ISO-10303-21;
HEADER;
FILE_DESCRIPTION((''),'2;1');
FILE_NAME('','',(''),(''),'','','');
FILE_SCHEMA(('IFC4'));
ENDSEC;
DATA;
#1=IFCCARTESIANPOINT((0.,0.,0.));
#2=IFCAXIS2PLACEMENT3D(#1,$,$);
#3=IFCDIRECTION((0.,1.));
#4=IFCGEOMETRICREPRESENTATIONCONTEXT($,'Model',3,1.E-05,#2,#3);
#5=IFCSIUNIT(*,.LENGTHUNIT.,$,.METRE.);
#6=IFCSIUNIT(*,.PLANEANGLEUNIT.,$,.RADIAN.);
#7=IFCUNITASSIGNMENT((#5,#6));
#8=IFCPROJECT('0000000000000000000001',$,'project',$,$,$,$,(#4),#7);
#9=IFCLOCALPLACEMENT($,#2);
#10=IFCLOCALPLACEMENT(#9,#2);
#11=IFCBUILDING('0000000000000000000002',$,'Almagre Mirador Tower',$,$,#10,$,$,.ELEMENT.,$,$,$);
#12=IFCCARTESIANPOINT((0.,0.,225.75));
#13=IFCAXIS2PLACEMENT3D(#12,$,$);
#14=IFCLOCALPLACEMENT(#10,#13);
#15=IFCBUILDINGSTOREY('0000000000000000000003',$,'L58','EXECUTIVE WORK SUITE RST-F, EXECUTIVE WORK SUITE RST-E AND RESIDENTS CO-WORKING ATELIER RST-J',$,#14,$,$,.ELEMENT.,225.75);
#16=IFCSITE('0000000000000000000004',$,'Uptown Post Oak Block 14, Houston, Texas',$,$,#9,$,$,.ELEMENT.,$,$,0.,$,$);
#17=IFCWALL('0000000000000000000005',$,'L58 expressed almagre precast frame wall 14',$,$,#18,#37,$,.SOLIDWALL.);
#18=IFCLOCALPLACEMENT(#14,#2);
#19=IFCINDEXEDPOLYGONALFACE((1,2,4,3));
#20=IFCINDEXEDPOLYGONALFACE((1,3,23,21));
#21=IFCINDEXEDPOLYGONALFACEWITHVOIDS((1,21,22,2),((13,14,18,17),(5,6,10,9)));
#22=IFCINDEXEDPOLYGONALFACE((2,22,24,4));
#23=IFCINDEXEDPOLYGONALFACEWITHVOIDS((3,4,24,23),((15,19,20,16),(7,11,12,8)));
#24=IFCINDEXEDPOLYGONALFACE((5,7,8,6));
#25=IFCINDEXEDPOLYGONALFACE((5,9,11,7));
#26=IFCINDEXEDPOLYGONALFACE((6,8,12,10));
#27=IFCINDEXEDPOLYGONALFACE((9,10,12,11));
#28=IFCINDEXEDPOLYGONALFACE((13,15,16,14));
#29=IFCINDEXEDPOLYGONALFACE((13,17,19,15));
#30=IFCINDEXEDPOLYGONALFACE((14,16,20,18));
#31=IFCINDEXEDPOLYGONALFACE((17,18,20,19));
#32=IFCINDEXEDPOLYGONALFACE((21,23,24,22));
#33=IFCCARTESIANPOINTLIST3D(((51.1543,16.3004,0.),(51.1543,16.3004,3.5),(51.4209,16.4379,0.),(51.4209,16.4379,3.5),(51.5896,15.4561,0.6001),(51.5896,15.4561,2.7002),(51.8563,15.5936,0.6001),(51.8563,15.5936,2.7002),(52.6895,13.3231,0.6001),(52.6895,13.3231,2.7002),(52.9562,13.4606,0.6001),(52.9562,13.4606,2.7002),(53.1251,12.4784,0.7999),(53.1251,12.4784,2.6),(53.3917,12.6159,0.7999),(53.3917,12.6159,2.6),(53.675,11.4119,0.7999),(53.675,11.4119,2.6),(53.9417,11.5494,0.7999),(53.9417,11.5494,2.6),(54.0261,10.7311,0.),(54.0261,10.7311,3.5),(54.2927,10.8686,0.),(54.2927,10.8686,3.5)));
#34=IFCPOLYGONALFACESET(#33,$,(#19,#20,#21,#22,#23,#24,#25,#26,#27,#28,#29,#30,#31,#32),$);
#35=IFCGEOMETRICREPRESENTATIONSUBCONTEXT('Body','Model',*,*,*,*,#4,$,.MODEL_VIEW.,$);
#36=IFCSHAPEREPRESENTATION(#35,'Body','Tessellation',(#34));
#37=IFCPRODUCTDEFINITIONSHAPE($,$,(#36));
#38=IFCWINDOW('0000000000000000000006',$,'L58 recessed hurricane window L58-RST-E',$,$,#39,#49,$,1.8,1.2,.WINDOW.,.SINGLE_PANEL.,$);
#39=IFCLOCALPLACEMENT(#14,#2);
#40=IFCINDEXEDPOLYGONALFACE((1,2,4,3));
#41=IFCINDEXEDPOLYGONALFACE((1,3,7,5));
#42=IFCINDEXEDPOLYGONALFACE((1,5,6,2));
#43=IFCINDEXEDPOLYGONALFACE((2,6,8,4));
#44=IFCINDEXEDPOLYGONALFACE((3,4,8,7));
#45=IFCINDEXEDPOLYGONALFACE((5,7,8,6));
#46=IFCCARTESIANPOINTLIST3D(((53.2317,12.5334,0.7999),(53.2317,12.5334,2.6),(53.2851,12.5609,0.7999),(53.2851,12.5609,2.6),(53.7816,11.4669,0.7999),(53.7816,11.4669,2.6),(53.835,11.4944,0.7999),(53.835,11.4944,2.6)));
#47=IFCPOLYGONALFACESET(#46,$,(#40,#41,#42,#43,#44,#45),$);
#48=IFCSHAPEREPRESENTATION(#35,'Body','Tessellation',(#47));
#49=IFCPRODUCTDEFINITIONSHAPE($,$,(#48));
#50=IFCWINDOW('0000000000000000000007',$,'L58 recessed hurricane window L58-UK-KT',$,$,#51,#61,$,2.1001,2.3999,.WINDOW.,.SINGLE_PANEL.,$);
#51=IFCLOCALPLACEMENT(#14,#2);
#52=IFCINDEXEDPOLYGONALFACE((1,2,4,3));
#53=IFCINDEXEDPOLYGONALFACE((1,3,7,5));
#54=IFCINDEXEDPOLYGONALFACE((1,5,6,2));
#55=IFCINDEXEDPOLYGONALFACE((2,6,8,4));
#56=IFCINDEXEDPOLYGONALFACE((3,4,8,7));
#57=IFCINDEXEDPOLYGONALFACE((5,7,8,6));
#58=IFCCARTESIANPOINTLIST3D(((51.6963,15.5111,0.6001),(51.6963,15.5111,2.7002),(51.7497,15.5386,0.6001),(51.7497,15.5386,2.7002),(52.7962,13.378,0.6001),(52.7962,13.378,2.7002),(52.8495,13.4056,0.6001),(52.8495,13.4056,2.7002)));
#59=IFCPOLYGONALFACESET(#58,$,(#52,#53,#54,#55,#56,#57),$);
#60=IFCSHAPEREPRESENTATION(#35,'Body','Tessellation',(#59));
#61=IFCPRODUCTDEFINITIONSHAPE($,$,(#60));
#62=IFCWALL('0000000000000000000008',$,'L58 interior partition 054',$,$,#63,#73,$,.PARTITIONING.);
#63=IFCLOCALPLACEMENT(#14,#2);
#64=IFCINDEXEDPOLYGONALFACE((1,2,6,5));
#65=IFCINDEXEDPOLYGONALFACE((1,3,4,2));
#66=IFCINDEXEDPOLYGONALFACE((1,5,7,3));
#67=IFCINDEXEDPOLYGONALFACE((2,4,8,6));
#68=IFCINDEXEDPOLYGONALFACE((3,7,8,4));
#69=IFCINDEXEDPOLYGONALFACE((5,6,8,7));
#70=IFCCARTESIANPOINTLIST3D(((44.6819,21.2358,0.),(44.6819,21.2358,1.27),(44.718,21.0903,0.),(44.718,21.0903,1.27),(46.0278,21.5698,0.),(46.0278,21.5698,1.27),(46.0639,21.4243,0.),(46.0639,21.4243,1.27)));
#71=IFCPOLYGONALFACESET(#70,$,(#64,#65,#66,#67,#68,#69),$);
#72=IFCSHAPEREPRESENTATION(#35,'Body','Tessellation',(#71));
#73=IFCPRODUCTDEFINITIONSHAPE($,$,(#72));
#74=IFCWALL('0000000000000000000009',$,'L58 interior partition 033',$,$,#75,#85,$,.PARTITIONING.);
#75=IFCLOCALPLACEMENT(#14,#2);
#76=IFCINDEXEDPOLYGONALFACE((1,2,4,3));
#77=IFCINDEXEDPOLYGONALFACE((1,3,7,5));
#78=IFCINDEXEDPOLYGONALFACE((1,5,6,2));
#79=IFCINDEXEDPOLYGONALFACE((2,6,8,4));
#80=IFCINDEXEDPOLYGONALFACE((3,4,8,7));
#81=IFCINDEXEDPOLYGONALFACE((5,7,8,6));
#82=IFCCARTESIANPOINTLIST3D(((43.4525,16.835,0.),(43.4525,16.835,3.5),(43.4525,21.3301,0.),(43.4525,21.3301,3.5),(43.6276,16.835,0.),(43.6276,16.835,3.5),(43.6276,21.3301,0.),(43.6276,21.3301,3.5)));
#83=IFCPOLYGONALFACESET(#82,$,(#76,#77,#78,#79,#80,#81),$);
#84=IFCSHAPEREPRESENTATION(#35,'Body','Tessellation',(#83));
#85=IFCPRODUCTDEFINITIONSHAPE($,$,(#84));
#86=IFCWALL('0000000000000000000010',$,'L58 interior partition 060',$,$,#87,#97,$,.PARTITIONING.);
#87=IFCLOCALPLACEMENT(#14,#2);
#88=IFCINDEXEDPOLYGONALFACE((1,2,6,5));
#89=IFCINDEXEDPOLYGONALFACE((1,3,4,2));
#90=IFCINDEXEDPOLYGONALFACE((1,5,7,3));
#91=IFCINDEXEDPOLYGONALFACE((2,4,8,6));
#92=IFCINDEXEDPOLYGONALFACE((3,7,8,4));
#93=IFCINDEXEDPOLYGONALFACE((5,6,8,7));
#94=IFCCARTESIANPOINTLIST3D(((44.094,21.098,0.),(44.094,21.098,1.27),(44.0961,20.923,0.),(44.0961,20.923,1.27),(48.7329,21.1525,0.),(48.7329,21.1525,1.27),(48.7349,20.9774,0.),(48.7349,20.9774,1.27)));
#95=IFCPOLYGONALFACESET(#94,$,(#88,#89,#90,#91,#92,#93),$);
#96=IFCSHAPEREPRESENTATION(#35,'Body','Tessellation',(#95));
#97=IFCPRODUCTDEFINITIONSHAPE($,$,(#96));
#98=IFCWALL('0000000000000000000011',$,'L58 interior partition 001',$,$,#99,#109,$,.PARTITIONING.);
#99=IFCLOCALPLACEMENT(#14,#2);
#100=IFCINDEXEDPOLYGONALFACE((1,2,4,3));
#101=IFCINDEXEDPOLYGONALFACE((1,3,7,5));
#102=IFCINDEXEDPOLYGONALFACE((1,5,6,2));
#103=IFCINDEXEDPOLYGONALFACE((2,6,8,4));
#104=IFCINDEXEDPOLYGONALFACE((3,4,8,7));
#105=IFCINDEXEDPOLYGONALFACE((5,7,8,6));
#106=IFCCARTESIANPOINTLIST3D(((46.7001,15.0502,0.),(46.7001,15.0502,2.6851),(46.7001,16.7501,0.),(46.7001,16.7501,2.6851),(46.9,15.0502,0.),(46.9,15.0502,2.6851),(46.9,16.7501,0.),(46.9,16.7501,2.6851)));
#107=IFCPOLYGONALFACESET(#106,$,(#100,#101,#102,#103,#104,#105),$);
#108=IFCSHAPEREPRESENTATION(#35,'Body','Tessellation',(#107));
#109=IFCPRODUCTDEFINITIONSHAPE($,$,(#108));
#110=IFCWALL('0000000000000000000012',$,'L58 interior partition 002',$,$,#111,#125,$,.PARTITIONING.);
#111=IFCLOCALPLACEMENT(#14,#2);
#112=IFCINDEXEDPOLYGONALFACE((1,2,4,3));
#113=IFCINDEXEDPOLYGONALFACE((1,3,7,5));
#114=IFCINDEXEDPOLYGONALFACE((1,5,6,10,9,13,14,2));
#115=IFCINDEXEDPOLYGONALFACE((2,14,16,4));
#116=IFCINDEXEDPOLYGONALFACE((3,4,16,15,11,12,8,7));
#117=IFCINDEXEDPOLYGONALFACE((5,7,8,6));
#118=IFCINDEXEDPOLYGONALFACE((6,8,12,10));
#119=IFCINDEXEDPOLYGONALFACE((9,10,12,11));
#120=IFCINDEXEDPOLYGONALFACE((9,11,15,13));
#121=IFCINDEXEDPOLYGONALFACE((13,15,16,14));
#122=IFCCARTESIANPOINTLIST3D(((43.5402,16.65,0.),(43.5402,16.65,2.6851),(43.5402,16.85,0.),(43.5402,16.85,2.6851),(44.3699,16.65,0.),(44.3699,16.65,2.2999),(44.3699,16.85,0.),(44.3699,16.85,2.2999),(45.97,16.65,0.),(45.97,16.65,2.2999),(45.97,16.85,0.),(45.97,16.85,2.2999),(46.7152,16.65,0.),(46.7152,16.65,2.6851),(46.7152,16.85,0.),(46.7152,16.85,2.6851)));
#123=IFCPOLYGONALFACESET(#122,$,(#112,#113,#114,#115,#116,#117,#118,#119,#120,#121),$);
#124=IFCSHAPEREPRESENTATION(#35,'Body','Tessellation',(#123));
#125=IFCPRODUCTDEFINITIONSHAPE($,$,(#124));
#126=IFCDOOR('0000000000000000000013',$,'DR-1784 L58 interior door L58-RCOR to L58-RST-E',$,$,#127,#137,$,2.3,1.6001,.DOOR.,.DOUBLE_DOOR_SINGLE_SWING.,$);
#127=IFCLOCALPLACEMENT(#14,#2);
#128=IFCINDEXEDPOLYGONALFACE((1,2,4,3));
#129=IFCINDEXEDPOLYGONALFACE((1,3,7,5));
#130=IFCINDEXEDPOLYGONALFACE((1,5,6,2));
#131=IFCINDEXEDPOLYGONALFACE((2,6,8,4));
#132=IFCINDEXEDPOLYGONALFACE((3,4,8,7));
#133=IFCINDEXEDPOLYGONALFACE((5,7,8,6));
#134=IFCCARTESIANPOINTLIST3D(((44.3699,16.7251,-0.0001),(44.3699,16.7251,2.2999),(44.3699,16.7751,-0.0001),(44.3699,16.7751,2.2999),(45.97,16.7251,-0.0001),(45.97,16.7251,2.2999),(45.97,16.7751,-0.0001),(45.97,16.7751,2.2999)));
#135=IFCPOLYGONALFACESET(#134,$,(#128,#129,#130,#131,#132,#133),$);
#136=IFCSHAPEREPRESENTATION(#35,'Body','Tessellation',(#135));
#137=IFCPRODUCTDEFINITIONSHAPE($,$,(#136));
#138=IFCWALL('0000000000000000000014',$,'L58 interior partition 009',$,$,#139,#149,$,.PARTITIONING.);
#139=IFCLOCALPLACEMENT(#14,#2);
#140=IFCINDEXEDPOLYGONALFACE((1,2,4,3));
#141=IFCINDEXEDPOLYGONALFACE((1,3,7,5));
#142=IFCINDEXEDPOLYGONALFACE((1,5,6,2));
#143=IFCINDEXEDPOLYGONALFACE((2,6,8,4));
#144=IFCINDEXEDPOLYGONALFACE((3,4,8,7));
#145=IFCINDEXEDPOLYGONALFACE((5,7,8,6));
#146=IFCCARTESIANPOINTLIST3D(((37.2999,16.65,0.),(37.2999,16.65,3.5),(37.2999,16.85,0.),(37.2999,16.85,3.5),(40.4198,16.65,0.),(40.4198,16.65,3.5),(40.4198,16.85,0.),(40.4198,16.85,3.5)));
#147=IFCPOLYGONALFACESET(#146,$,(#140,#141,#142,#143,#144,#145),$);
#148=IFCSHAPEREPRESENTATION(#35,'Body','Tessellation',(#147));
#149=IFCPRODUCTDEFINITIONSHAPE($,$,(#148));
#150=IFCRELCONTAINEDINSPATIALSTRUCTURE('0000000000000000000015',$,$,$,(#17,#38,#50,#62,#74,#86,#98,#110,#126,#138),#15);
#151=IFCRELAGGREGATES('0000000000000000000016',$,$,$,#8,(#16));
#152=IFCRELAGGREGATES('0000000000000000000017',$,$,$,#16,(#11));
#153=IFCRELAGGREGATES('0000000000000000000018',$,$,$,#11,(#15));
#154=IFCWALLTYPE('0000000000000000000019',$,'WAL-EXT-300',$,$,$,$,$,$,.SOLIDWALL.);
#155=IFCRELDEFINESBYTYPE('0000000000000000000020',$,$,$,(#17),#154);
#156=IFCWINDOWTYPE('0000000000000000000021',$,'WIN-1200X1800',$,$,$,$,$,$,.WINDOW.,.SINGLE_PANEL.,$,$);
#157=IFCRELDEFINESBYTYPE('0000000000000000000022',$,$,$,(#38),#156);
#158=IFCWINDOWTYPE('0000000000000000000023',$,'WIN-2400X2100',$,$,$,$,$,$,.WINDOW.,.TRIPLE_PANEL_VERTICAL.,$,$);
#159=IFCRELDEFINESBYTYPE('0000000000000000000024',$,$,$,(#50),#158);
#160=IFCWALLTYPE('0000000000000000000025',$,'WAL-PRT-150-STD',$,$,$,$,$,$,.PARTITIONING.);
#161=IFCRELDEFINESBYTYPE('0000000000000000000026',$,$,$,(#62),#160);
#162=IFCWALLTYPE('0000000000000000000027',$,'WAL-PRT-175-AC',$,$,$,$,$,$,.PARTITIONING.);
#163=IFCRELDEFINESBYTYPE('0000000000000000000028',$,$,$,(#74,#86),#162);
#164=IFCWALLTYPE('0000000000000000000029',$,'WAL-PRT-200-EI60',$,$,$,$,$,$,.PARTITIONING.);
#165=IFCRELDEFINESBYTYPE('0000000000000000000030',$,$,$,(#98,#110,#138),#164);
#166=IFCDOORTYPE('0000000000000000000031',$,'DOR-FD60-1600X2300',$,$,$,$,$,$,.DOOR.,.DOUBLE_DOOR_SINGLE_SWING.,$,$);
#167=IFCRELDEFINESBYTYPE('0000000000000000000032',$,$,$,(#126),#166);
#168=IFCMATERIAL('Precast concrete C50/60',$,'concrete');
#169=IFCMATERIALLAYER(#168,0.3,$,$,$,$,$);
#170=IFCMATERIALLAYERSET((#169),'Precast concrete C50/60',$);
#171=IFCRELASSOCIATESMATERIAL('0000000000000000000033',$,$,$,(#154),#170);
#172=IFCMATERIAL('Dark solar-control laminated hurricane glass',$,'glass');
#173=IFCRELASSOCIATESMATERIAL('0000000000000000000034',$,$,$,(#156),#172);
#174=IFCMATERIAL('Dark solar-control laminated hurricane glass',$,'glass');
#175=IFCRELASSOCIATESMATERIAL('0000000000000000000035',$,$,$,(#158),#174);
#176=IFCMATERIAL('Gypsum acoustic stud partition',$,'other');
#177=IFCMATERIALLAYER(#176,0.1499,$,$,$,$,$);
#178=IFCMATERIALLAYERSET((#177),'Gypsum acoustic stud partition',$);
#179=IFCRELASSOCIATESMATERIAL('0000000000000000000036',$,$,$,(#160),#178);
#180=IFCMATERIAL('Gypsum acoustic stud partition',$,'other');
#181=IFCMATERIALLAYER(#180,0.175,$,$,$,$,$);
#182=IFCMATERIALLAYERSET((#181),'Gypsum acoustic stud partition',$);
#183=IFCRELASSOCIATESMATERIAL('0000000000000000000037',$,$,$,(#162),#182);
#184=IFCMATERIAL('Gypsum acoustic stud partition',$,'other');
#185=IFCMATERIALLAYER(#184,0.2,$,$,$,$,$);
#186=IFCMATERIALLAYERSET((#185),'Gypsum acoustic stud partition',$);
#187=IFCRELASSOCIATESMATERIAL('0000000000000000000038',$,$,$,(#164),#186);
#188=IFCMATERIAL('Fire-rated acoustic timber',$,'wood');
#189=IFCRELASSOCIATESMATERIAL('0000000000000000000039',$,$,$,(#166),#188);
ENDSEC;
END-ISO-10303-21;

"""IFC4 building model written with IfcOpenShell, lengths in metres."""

from ifc_helpers import new_model, si_unit, direction, frame, frame_2d, origin, place, context, subcontext, project, spatial, rectangle, extrude, material, layer, layer_set, type_object, element, fill, save


model = new_model("IFC4")

# Units and contexts
model_context = context("Model", 3, precision=1e-05, world=origin(), true_north=direction((0.0, 1.0)))
body_context = subcontext(model_context, "Body", "Model", "MODEL_VIEW")
ifc_project = project(units=[si_unit("LENGTHUNIT", "METRE"), si_unit("PLANEANGLEUNIT", "RADIAN")], contexts=[model_context])

# Site, building, storey
site_placement = place(None, origin())
site = spatial("IfcSite", under=ifc_project, at=site_placement, Name="Uptown Post Oak Block 14, Houston, Texas", CompositionType="ELEMENT", RefElevation=0.0)
building_placement = place(site_placement, origin())
building = spatial("IfcBuilding", under=site, at=building_placement, Name="Almagre Mirador Tower", CompositionType="ELEMENT")
storey_placement = place(building_placement, frame((0.0, 0.0, 225.75)))
storey = spatial("IfcBuildingStorey", under=building, at=storey_placement, Name="L58", Description="EXECUTIVE WORK SUITE RST-F, EXECUTIVE WORK SUITE RST-E AND RESIDENTS CO-WORKING ATELIER RST-J", CompositionType="ELEMENT", Elevation=225.75)

# Shared definitions
ifc_material_1 = material(Name="Precast concrete C50/60", Category="concrete")
ifc_layer_1 = layer(ifc_material_1, 0.3)
ifc_layer_set_1 = layer_set([ifc_layer_1], Name="Precast concrete C50/60")
wall_type_1 = type_object("IfcWallType", Name="WAL-EXT-300", PredefinedType="SOLIDWALL", material=ifc_layer_set_1)

# Shared definitions
ifc_material_2 = material(Name="Dark solar-control laminated hurricane glass", Category="glass")
window_type_1 = type_object("IfcWindowType", Name="WIN-1200X1800", PartitioningType="SINGLE_PANEL", PredefinedType="WINDOW", material=ifc_material_2)

# Wall, openings, windows
wall_1_placement = place(storey_placement, frame((51.2876, 16.3691, 0.0), z_axis=(0.0, 0.0, 1.0), x_axis=(0.458306, -0.888794, 0.0)))
wall_1 = element("IfcWall", 1, at=wall_1_placement, inside=storey, type_object=wall_type_1, Name="L58 expressed almagre precast frame wall 14", PredefinedType="SOLIDWALL", context=body_context, shape_type="SweptSolid", body=[
    extrude(rectangle(XDim=6.2661, YDim=0.3, at=frame_2d((3.1331, 0.0))), origin(), (0.0, 0.0, 1.0), 3.5),
])
opening_1_placement = place(wall_1_placement, frame((4.3, 0.0, 0.8)))
opening_1 = element("IfcOpeningElement", 2, at=opening_1_placement, cuts=wall_1, PredefinedType="OPENING", context=body_context, shape_type="SweptSolid", body=[
    extrude(rectangle(XDim=1.2, YDim=1.8, at=frame_2d((0.6001, 0.8999))), frame((0.0, 0.1599, 0.0), z_axis=(0.0, -1.0, 0.0), x_axis=(1.0, 0.0, 0.0)), (0.0, 0.0, 1.0), 0.32),
])
opening_2_placement = place(wall_1_placement, frame((0.95, 0.0, 0.6001)))
opening_2 = element("IfcOpeningElement", 3, at=opening_2_placement, cuts=wall_1, PredefinedType="OPENING", context=body_context, shape_type="SweptSolid", body=[
    extrude(rectangle(XDim=2.3999, YDim=2.1001, at=frame_2d((1.2, 1.05))), frame((0.0, 0.1599, 0.0), z_axis=(0.0, -1.0, 0.0), x_axis=(1.0, 0.0, 0.0)), (0.0, 0.0, 1.0), 0.32),
])
window_1_placement = place(opening_1_placement, origin())
window_1 = element("IfcWindow", 4, at=window_1_placement, inside=storey, type_object=window_type_1, Name="L58 recessed hurricane window L58-RST-E", OverallHeight=1.8, OverallWidth=1.2, PartitioningType="SINGLE_PANEL", PredefinedType="WINDOW", context=body_context, shape_type="SweptSolid", body=[
    extrude(rectangle(XDim=1.2, YDim=1.8, at=frame_2d((0.6001, 0.8999))), frame((0.0, 0.03, 0.0), z_axis=(0.0, -1.0, 0.0), x_axis=(1.0, 0.0, 0.0)), (0.0, 0.0, 1.0), 0.0601),
])
fill(opening_1, window_1)
ifc_material_3 = material(Name="Dark solar-control laminated hurricane glass", Category="glass")
window_type_2 = type_object("IfcWindowType", Name="WIN-2400X2100", PartitioningType="TRIPLE_PANEL_VERTICAL", PredefinedType="WINDOW", material=ifc_material_3)
window_2_placement = place(opening_2_placement, origin())
window_2 = element("IfcWindow", 5, at=window_2_placement, inside=storey, type_object=window_type_2, Name="L58 recessed hurricane window L58-UK-KT", OverallHeight=2.1001, OverallWidth=2.3999, PartitioningType="SINGLE_PANEL", PredefinedType="WINDOW", context=body_context, shape_type="SweptSolid", body=[
    extrude(rectangle(XDim=2.3999, YDim=2.1001, at=frame_2d((1.2, 1.05))), frame((0.0, 0.03, 0.0), z_axis=(0.0, -1.0, 0.0), x_axis=(1.0, 0.0, 0.0)), (0.0, 0.0, 1.0), 0.0601),
])
fill(opening_2, window_2)

# Walls
ifc_material_4 = material(Name="Gypsum acoustic stud partition", Category="other")
ifc_layer_2 = layer(ifc_material_4, 0.1499)
ifc_layer_set_2 = layer_set([ifc_layer_2], Name="Gypsum acoustic stud partition")
wall_type_2 = type_object("IfcWallType", Name="WAL-PRT-150-STD", PredefinedType="PARTITIONING", material=ifc_layer_set_2)
wall_2_placement = place(storey_placement, frame((44.7, 21.1631, 0.0), z_axis=(0.0, 0.0, 1.0), x_axis=(0.970566, 0.240837, 0.0)))
element("IfcWall", 6, at=wall_2_placement, inside=storey, type_object=wall_type_2, Name="L58 interior partition 054", PredefinedType="PARTITIONING", context=body_context, shape_type="SweptSolid", body=[
    extrude(rectangle(XDim=1.3867, YDim=0.1499, at=frame_2d((0.6934, 0.0))), origin(), (0.0, 0.0, 1.0), 1.27),
])
ifc_material_5 = material(Name="Gypsum acoustic stud partition", Category="other")
ifc_layer_3 = layer(ifc_material_5, 0.175)
ifc_layer_set_3 = layer_set([ifc_layer_3], Name="Gypsum acoustic stud partition")
wall_type_3 = type_object("IfcWallType", Name="WAL-PRT-175-AC", PredefinedType="PARTITIONING", material=ifc_layer_set_3)
wall_3_placement = place(storey_placement, frame((43.54, 21.3301, 0.0), z_axis=(0.0, 0.0, 1.0), x_axis=(0.0, -1.0, 0.0)))
element("IfcWall", 7, at=wall_3_placement, inside=storey, type_object=wall_type_3, Name="L58 interior partition 033", PredefinedType="PARTITIONING", context=body_context, shape_type="SweptSolid", body=[
    extrude(rectangle(XDim=4.4951, YDim=0.175, at=frame_2d((2.2476, 0.0))), origin(), (0.0, 0.0, 1.0), 3.5),
])
wall_4_placement = place(storey_placement, frame((48.7339, 21.0649, 0.0), z_axis=(0.0, 0.0, 1.0), x_axis=(-0.999931, -0.011735, 0.0)))
element("IfcWall", 8, at=wall_4_placement, inside=storey, type_object=wall_type_3, Name="L58 interior partition 060", PredefinedType="PARTITIONING", context=body_context, shape_type="SweptSolid", body=[
    extrude(rectangle(XDim=4.6392, YDim=0.175, at=frame_2d((2.3196, 0.0))), origin(), (0.0, 0.0, 1.0), 1.27),
])
ifc_material_6 = material(Name="Gypsum acoustic stud partition", Category="other")
ifc_layer_4 = layer(ifc_material_6, 0.2)
ifc_layer_set_4 = layer_set([ifc_layer_4], Name="Gypsum acoustic stud partition")
wall_type_4 = type_object("IfcWallType", Name="WAL-PRT-200-EI60", PredefinedType="PARTITIONING", material=ifc_layer_set_4)
wall_5_placement = place(storey_placement, frame((46.8, 15.05, 0.0), z_axis=(0.0, 0.0, 1.0), x_axis=(0.0, 1.0, 0.0)))
element("IfcWall", 9, at=wall_5_placement, inside=storey, type_object=wall_type_4, Name="L58 interior partition 001", PredefinedType="PARTITIONING", context=body_context, shape_type="SweptSolid", body=[
    extrude(rectangle(XDim=1.7, YDim=0.2, at=frame_2d((0.8501, 0.0))), origin(), (0.0, 0.0, 1.0), 2.6851),
])

# Wall, opening, door
wall_6_placement = place(storey_placement, frame((46.7151, 16.75, 0.0), z_axis=(0.0, 0.0, 1.0), x_axis=(-1.0, 0.0, 0.0)))
wall_6 = element("IfcWall", 10, at=wall_6_placement, inside=storey, type_object=wall_type_4, Name="L58 interior partition 002", PredefinedType="PARTITIONING", context=body_context, shape_type="SweptSolid", body=[
    extrude(rectangle(XDim=3.175, YDim=0.2, at=frame_2d((1.5874, 0.0))), origin(), (0.0, 0.0, 1.0), 2.6851),
])
opening_3_placement = place(wall_6_placement, frame((0.7451, 0.0, 0.0)))
opening_3 = element("IfcOpeningElement", 11, at=opening_3_placement, cuts=wall_6, PredefinedType="OPENING", context=body_context, shape_type="SweptSolid", body=[
    extrude(rectangle(XDim=1.6001, YDim=2.3, at=frame_2d((0.8, 1.1499))), frame((0.0, 0.1101, 0.0), z_axis=(0.0, -1.0, 0.0), x_axis=(1.0, 0.0, 0.0)), (0.0, 0.0, 1.0), 0.22),
])
ifc_material_7 = material(Name="Fire-rated acoustic timber", Category="wood")
door_type_1 = type_object("IfcDoorType", Name="DOR-FD60-1600X2300", OperationType="DOUBLE_DOOR_SINGLE_SWING", PredefinedType="DOOR", material=ifc_material_7)
door_1_placement = place(opening_3_placement, origin())
door_1 = element("IfcDoor", 12, at=door_1_placement, inside=storey, type_object=door_type_1, Name="DR-1784 L58 interior door L58-RCOR to L58-RST-E", OperationType="DOUBLE_DOOR_SINGLE_SWING", OverallHeight=2.3, OverallWidth=1.6001, PredefinedType="DOOR", context=body_context, shape_type="SweptSolid", body=[
    extrude(rectangle(XDim=1.6001, YDim=2.3, at=frame_2d((0.8, 1.1499))), frame((0.0, 0.0249, 0.0), z_axis=(0.0, -1.0, 0.0), x_axis=(1.0, 0.0, 0.0)), (0.0, 0.0, 1.0), 0.05),
])
fill(opening_3, door_1)

# Wall
wall_7_placement = place(storey_placement, frame((40.4199, 16.75, 0.0), z_axis=(0.0, 0.0, 1.0), x_axis=(-1.0, 0.0, 0.0)))
element("IfcWall", 13, at=wall_7_placement, inside=storey, type_object=wall_type_4, Name="L58 interior partition 009", PredefinedType="PARTITIONING", context=body_context, shape_type="SweptSolid", body=[
    extrude(rectangle(XDim=3.1199, YDim=0.2, at=frame_2d((1.5601, 0.0))), origin(), (0.0, 0.0, 1.0), 3.5),
])

save(model, "model.ifc")
